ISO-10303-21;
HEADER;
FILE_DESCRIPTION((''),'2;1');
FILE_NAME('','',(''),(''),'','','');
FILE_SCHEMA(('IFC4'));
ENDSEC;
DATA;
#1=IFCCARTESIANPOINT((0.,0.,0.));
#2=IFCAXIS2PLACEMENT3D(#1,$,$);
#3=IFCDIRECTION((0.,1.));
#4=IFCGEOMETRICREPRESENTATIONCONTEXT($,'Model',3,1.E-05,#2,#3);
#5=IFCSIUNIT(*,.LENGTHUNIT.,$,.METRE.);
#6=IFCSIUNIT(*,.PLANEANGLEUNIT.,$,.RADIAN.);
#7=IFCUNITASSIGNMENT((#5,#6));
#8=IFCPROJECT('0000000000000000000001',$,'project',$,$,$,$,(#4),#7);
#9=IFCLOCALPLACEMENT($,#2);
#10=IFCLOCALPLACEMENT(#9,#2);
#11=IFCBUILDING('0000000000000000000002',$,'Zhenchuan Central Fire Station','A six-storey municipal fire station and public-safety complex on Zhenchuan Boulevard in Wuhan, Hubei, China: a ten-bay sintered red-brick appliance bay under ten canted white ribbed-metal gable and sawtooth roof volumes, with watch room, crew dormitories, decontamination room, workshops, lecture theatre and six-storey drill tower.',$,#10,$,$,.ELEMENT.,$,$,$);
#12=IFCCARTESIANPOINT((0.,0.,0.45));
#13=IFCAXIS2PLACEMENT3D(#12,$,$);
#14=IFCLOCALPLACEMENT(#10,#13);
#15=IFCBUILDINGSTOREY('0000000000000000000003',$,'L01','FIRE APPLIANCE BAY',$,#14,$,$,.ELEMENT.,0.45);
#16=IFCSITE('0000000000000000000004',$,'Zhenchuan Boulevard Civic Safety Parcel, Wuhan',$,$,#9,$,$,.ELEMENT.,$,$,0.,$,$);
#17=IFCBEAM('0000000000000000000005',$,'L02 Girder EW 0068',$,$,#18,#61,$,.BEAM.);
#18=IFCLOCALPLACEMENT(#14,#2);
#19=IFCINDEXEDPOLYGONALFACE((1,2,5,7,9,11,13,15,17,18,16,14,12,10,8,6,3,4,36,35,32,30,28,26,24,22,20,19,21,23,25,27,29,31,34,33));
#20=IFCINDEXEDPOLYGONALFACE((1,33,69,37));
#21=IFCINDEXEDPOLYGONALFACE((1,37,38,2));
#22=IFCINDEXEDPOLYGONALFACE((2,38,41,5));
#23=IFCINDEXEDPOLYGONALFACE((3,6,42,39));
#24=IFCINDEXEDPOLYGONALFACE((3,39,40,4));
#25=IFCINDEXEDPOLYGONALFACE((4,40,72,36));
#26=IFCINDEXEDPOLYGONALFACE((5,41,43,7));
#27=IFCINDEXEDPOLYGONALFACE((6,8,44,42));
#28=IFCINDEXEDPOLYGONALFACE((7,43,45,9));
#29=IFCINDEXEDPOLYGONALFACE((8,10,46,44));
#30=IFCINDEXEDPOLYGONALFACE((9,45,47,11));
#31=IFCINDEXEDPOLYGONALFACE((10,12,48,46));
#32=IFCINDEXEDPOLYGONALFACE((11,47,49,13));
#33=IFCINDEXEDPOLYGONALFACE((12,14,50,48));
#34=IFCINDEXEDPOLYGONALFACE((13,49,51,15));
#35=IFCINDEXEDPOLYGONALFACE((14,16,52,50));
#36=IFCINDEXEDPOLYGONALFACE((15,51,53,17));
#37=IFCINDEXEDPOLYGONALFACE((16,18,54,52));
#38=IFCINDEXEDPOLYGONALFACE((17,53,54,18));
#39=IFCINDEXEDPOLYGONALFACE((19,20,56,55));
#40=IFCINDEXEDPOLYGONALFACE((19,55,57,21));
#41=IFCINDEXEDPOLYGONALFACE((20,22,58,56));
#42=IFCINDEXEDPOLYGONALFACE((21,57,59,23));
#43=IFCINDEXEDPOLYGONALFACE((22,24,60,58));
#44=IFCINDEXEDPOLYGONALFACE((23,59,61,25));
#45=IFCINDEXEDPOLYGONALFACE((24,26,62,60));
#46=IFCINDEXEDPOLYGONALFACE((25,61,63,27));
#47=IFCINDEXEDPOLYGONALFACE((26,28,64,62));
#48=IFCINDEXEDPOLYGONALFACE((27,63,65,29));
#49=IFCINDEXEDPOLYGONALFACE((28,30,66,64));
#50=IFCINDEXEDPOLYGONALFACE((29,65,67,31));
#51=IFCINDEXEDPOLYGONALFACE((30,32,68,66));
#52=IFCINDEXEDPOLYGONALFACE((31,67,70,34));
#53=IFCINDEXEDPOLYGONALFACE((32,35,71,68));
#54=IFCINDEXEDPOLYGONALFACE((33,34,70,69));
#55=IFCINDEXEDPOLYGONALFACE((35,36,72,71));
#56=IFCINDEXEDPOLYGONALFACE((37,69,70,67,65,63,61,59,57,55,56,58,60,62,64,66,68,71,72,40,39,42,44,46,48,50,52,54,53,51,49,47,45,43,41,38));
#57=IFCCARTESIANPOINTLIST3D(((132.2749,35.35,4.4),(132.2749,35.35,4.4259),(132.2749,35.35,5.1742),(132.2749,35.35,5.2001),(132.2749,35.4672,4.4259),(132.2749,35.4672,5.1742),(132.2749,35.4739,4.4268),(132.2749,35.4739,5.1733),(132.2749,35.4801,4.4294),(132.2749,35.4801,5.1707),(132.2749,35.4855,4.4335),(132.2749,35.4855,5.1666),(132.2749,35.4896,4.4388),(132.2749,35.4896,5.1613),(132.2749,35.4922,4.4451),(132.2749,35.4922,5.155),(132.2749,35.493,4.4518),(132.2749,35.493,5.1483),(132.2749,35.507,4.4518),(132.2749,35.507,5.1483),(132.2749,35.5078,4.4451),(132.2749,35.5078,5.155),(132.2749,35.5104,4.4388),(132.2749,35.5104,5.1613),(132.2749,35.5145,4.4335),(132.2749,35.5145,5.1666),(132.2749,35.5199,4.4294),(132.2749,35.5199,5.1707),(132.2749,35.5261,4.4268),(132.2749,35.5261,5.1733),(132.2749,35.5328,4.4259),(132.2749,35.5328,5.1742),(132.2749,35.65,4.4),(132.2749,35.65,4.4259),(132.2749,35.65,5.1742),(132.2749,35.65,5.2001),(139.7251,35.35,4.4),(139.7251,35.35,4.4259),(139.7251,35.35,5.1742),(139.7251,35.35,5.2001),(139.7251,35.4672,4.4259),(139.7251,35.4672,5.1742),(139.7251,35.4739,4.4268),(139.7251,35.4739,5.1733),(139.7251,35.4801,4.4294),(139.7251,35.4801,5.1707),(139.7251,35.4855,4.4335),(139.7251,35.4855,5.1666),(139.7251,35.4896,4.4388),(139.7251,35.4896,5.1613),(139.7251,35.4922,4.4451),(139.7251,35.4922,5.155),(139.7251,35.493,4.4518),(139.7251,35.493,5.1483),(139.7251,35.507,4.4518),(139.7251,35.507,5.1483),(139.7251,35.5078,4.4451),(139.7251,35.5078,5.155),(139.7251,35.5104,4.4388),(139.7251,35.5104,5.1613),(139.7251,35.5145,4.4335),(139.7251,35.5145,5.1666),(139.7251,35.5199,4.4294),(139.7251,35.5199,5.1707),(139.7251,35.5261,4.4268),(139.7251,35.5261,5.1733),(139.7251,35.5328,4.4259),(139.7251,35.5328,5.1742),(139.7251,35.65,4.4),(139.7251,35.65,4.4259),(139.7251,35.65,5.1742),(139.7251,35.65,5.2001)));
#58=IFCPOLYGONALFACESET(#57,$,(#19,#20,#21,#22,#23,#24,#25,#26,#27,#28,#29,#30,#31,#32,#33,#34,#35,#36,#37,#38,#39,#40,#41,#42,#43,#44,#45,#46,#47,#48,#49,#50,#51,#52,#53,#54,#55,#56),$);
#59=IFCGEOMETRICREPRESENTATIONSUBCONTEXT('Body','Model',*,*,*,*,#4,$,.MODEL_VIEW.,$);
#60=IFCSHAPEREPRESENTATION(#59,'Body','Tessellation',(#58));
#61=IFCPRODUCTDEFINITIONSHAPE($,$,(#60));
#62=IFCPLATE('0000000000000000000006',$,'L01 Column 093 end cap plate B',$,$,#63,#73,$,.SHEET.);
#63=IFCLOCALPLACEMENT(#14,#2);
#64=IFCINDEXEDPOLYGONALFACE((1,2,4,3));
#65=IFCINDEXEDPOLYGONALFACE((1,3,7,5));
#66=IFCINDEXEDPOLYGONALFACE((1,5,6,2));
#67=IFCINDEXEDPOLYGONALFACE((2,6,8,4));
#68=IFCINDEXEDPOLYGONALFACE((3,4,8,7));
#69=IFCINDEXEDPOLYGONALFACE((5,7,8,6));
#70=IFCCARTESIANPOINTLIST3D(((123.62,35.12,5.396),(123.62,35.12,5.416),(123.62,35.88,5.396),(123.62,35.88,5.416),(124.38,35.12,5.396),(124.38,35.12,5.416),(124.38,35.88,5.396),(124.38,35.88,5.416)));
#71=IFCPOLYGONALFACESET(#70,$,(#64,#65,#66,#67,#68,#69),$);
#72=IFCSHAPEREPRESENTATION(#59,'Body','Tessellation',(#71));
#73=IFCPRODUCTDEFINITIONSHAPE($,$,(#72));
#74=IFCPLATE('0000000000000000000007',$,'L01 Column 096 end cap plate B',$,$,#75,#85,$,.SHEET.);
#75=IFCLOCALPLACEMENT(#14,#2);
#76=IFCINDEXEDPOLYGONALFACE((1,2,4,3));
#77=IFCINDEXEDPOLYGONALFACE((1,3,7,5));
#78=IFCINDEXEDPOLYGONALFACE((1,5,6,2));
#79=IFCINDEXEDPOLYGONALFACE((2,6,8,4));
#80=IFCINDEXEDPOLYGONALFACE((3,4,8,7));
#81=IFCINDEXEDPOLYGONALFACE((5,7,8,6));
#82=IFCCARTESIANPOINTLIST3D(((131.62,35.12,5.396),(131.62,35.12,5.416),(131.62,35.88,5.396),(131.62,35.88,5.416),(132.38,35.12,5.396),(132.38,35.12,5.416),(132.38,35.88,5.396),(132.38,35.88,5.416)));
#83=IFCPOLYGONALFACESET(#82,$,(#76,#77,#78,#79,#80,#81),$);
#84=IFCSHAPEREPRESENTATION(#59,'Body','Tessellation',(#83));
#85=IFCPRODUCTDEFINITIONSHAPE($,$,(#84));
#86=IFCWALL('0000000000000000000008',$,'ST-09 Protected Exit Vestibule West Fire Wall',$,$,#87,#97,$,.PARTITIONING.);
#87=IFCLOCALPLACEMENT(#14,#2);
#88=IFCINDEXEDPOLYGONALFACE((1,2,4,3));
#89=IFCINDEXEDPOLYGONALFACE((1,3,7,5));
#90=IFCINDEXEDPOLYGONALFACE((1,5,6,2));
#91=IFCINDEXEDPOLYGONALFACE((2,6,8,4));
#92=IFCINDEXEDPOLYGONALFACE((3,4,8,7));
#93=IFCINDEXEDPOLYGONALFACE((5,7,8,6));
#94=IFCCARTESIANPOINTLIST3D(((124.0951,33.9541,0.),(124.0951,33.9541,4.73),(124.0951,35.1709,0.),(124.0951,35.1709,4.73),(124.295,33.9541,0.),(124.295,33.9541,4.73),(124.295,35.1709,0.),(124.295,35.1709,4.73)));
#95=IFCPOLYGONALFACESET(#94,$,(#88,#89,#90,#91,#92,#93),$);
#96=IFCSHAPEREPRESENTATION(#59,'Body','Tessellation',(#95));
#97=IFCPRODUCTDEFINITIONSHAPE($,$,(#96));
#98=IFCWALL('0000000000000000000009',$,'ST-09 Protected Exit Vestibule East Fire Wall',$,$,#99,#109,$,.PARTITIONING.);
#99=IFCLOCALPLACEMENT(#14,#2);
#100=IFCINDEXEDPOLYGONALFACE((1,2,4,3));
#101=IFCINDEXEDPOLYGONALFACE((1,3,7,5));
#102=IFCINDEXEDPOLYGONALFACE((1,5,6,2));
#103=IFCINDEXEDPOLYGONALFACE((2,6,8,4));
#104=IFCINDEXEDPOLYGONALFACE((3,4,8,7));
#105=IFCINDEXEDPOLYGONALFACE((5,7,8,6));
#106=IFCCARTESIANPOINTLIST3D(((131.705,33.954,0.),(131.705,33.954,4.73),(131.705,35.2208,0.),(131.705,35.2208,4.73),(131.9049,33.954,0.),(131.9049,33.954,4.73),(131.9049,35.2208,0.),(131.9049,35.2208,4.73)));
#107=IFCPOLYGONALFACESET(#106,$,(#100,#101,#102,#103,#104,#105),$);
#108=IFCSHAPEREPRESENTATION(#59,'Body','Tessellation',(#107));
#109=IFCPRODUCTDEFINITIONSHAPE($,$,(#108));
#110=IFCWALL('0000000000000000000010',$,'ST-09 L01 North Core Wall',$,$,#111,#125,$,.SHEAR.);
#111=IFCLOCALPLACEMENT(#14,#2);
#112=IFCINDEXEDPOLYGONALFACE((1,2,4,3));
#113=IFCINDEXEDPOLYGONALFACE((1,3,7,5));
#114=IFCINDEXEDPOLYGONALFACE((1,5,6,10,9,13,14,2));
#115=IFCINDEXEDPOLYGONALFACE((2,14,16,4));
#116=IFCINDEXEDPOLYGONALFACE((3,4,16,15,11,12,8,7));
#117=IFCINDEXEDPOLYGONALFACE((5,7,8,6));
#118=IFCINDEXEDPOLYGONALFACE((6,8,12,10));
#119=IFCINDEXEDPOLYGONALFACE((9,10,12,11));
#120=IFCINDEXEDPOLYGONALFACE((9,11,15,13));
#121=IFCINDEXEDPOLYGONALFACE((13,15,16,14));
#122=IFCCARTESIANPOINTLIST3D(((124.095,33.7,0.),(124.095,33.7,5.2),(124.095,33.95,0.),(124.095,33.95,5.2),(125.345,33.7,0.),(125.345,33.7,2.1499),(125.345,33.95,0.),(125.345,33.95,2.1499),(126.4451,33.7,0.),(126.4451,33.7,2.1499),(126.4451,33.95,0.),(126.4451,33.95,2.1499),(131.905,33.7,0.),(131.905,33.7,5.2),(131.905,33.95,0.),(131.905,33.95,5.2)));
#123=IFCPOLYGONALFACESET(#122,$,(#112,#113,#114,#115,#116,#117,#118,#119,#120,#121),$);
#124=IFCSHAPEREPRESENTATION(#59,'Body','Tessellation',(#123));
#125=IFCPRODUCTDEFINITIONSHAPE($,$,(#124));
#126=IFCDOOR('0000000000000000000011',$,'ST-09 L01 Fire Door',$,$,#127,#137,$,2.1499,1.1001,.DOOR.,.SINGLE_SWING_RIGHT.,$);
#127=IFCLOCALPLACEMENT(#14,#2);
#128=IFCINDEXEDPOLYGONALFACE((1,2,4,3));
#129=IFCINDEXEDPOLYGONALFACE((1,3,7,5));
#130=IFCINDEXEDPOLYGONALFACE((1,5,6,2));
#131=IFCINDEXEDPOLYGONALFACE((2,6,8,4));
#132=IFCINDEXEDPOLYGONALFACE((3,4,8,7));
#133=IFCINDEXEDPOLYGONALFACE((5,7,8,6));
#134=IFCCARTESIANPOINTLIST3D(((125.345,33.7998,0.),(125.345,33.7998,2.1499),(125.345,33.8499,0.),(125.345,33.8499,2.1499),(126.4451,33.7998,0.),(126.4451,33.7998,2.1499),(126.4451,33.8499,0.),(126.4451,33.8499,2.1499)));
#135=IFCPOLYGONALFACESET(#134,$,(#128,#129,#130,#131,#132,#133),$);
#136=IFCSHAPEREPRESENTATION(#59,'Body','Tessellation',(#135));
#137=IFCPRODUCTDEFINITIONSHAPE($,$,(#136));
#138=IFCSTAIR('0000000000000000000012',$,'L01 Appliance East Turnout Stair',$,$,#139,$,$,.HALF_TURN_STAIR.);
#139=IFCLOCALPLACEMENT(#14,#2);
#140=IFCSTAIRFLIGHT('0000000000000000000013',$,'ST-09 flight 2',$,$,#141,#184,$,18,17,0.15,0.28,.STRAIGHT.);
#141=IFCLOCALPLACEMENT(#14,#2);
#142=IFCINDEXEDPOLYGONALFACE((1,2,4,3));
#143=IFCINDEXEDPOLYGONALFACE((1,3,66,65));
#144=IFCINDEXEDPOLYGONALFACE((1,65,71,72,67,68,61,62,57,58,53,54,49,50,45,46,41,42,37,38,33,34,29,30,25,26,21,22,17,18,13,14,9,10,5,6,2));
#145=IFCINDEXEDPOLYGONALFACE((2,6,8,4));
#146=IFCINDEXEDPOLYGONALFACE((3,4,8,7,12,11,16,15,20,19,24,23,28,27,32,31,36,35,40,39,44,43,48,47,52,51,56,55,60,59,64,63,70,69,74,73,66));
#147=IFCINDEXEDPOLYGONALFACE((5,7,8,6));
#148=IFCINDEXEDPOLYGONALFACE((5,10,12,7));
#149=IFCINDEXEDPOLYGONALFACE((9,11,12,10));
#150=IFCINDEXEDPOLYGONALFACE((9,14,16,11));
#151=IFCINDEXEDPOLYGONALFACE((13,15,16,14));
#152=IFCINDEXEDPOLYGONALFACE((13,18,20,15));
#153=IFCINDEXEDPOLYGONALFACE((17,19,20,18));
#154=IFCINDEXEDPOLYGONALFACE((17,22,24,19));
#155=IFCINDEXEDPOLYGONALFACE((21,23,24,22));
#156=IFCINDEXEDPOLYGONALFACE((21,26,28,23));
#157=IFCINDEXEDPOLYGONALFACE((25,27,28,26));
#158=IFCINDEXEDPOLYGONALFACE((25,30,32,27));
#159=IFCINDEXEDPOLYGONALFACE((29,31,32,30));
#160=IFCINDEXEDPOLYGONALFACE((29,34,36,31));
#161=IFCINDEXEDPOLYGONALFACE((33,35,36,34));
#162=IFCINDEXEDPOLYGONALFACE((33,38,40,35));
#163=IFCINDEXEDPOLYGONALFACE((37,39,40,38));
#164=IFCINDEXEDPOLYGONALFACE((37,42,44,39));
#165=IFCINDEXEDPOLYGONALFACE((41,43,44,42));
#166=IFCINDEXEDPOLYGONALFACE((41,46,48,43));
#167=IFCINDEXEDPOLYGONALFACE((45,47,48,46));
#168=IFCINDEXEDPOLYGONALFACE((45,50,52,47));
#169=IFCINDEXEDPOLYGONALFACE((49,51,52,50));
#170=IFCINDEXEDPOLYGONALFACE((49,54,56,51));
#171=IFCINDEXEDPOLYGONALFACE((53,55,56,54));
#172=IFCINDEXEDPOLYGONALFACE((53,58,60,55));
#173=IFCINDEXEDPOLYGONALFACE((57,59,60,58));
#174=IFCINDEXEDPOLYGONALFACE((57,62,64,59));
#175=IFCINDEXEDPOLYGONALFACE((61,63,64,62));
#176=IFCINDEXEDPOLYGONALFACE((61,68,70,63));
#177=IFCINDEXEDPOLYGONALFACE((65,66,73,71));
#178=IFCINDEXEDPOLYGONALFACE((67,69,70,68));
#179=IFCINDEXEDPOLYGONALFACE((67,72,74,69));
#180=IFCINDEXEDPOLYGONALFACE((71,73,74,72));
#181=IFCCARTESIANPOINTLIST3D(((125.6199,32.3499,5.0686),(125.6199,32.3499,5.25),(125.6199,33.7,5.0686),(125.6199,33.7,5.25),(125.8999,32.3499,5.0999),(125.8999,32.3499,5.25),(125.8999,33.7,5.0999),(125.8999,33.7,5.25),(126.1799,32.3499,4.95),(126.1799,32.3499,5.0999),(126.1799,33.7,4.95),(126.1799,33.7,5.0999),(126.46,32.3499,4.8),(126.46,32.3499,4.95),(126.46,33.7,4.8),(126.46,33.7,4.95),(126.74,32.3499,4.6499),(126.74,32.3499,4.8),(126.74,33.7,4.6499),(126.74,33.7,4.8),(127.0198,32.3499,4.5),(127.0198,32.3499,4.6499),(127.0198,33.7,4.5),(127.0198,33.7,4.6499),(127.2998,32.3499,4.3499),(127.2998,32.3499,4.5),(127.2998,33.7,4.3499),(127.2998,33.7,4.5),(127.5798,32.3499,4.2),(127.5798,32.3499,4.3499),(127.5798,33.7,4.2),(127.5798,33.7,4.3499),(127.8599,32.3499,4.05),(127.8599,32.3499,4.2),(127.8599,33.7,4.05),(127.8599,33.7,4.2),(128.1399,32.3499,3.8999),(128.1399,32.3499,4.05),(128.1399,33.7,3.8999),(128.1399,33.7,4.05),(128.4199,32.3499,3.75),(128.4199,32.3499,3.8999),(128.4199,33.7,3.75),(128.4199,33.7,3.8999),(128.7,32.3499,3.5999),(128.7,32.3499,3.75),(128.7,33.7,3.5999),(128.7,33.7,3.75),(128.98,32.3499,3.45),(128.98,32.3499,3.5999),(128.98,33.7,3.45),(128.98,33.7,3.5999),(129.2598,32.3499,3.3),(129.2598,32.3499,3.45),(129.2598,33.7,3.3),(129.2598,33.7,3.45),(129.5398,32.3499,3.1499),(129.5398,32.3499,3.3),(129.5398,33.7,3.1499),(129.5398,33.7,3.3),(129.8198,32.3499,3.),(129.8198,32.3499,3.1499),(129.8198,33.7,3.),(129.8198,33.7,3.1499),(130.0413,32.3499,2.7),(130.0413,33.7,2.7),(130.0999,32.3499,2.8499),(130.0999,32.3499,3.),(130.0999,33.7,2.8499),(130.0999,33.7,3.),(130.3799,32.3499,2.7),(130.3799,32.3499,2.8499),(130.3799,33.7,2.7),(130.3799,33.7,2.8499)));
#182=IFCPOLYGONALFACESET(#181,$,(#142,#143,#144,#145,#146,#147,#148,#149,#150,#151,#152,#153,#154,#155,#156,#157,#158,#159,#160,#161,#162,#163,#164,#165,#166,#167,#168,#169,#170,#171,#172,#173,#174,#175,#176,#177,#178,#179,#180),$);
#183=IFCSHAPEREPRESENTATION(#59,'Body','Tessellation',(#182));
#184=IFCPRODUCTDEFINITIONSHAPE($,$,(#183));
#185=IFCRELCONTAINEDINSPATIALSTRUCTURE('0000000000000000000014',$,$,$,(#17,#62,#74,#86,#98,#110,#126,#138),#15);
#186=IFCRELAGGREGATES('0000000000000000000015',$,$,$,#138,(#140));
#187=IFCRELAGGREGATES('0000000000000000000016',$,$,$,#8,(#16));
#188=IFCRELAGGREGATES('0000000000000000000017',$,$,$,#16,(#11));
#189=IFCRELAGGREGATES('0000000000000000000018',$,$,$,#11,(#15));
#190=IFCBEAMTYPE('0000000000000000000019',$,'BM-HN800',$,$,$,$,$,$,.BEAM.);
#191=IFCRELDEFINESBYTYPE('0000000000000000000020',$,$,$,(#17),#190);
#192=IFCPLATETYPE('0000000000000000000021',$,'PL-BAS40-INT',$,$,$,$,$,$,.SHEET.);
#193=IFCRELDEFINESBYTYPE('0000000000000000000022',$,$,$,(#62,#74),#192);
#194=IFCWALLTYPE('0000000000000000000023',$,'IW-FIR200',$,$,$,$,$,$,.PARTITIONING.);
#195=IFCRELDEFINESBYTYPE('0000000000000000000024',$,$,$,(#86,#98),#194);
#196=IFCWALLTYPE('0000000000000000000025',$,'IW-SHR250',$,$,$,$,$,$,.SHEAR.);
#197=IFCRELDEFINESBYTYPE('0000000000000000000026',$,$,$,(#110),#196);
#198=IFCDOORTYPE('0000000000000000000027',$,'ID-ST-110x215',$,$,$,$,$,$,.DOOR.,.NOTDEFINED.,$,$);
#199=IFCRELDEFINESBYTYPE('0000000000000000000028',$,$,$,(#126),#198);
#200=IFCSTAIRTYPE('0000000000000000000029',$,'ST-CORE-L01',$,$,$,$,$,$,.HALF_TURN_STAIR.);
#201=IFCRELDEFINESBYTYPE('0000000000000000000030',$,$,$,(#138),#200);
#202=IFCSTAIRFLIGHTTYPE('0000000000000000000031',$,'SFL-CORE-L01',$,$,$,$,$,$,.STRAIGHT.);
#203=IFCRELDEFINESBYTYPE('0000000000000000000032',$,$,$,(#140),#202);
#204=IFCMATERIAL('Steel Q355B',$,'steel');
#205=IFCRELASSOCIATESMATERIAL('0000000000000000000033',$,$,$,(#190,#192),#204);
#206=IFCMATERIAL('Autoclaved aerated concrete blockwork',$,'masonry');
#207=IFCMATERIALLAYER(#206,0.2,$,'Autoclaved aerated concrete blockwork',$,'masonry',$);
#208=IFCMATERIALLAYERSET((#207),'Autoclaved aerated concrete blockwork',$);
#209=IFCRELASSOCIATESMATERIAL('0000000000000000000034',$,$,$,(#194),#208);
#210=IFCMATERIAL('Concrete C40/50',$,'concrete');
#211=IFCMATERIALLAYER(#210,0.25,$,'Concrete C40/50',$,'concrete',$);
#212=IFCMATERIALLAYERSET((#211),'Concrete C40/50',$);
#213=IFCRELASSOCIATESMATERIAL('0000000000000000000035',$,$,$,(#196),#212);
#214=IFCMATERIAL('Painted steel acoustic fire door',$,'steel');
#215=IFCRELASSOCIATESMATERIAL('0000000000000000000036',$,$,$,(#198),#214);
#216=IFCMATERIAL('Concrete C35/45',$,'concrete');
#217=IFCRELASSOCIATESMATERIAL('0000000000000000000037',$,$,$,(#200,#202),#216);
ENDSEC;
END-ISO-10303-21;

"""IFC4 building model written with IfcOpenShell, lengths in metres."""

from ifc_helpers import new_model, si_unit, direction, frame, frame_2d, origin, origin_2d, place, context, subcontext, project, spatial, polyline, rectangle, i_section, outline, extrude, material, layer, layer_set, material_profile, profile_set, type_object, element, fill, aggregate, save


model = new_model("IFC4")

# Units and contexts
model_context = context("Model", 3, precision=1e-05, world=origin(), true_north=direction((0.0, 1.0)))
body_context = subcontext(model_context, "Body", "Model", "MODEL_VIEW")
ifc_project = project(units=[si_unit("LENGTHUNIT", "METRE"), si_unit("PLANEANGLEUNIT", "RADIAN")], contexts=[model_context])

# Site, building, storey
site_placement = place(None, origin())
site = spatial("IfcSite", under=ifc_project, at=site_placement, Name="Zhenchuan Boulevard Civic Safety Parcel, Wuhan", CompositionType="ELEMENT", RefElevation=0.0)
building_placement = place(site_placement, origin())
building = spatial("IfcBuilding", under=site, at=building_placement, Name="Zhenchuan Central Fire Station", Description="A six-storey municipal fire station and public-safety complex on Zhenchuan Boulevard in Wuhan, Hubei, China: a ten-bay sintered red-brick appliance bay under ten canted white ribbed-metal gable and sawtooth roof volumes, with watch room, crew dormitories, decontamination room, workshops, lecture theatre and six-storey drill tower.", CompositionType="ELEMENT")
storey_placement = place(building_placement, frame((0.0, 0.0, 0.45)))
storey = spatial("IfcBuildingStorey", under=building, at=storey_placement, Name="L01", Description="FIRE APPLIANCE BAY", CompositionType="ELEMENT", Elevation=0.45)

# Shared definitions
ifc_material_1 = material(Name="Concrete C40/50", Category="concrete")

# Shared definitions
ifc_material_2 = material(Name="Concrete C35/45", Category="concrete")

# Shared definitions
ifc_material_3 = material(Name="Steel Q355B", Category="steel")

# Beam
ifc_material_profile_1 = material_profile(ifc_material_3, i_section(OverallWidth=0.3, OverallDepth=0.8, WebThickness=0.0139, FlangeThickness=0.0259, FilletRadius=0.0259, at=origin_2d()), Name="HN 800x300")
ifc_profile_set_1 = profile_set([ifc_material_profile_1], Name="Steel Q355B")
beam_type_1 = type_object("IfcBeamType", Name="BM-HN800", PredefinedType="BEAM", material=ifc_profile_set_1)
beam_1_placement = place(storey_placement, frame((132.2749, 35.5, 4.8), z_axis=(1.0, 0.0, 0.0), x_axis=(0.0, 1.0, 0.0)))
element("IfcBeam", 1, at=beam_1_placement, inside=storey, type_object=beam_type_1, Name="L02 Girder EW 0068", PredefinedType="BEAM", context=body_context, shape_type="SweptSolid", body=[
    extrude(i_section(OverallWidth=0.3, OverallDepth=0.8, WebThickness=0.0139, FlangeThickness=0.0259, FilletRadius=0.0259, at=origin_2d()), origin(), (0.0, 0.0, 1.0), 7.4502),
])

# Plates
ifc_material_profile_2 = material_profile(ifc_material_3, rectangle(XDim=0.76, YDim=0.76, at=origin_2d()), Name="PL 760x760x40")
ifc_profile_set_2 = profile_set([ifc_material_profile_2], Name="Steel Q355B")
plate_type = type_object("IfcPlateType", Name="PL-BAS40-INT", PredefinedType="SHEET", material=ifc_profile_set_2)
for number, where, z_axis, x_axis, name in (
    (2, (124.0, 35.5, 5.396), (0.0, 0.0, 1.0), (1.0, 0.0, 0.0), "L01 Column 093 end cap plate B"),
    (3, (132.0, 35.5, 5.396), (0.0, 0.0, 1.0), (1.0, 0.0, 0.0), "L01 Column 096 end cap plate B"),
):
    element("IfcPlate", number, at=place(storey_placement, frame(where, z_axis=z_axis, x_axis=x_axis)), inside=storey, type_object=plate_type, Name=name, PredefinedType="SHEET", context=body_context, shape_type="SweptSolid", body=[
        extrude(rectangle(XDim=0.76, YDim=0.76, at=origin_2d()), origin(), (0.0, 0.0, 1.0), 0.02),
    ])

# Walls
ifc_material_4 = material(Name="Autoclaved aerated concrete blockwork", Category="masonry")
ifc_layer_1 = layer(ifc_material_4, 0.2, Name="Autoclaved aerated concrete blockwork", Category="masonry")
ifc_layer_set_1 = layer_set([ifc_layer_1], Name="Autoclaved aerated concrete blockwork")
wall_type_1 = type_object("IfcWallType", Name="IW-FIR200", PredefinedType="PARTITIONING", material=ifc_layer_set_1)
wall_1_placement = place(storey_placement, frame((124.1951, 33.9541, 0.0), z_axis=(0.0, 0.0, 1.0), x_axis=(0.0, 1.0, 0.0)))
element("IfcWall", 4, at=wall_1_placement, inside=storey, type_object=wall_type_1, Name="ST-09 Protected Exit Vestibule West Fire Wall", PredefinedType="PARTITIONING", context=body_context, shape_type="SweptSolid", body=[
    extrude(rectangle(XDim=1.2168, YDim=0.2, at=frame_2d((0.6084, 0.0))), origin(), (0.0, 0.0, 1.0), 4.73),
])
wall_2_placement = place(storey_placement, frame((131.8049, 33.9541, 0.0), z_axis=(0.0, 0.0, 1.0), x_axis=(0.0, 1.0, 0.0)))
element("IfcWall", 5, at=wall_2_placement, inside=storey, type_object=wall_type_1, Name="ST-09 Protected Exit Vestibule East Fire Wall", PredefinedType="PARTITIONING", context=body_context, shape_type="SweptSolid", body=[
    extrude(rectangle(XDim=1.2668, YDim=0.2, at=frame_2d((0.6333, 0.0))), origin(), (0.0, 0.0, 1.0), 4.73),
])

# Wall, opening, door
ifc_layer_2 = layer(ifc_material_1, 0.25, Name="Concrete C40/50", Category="concrete")
ifc_layer_set_2 = layer_set([ifc_layer_2], Name="Concrete C40/50")
wall_type_2 = type_object("IfcWallType", Name="IW-SHR250", PredefinedType="SHEAR", material=ifc_layer_set_2)
wall_3_placement = place(storey_placement, frame((124.095, 33.825, 0.0), z_axis=(0.0, 0.0, 1.0), x_axis=(1.0, 0.0, 0.0)))
wall_3 = element("IfcWall", 6, at=wall_3_placement, inside=storey, type_object=wall_type_2, Name="ST-09 L01 North Core Wall", PredefinedType="SHEAR", context=body_context, shape_type="SweptSolid", body=[
    extrude(rectangle(XDim=7.8101, YDim=0.25, at=frame_2d((3.905, 0.0))), origin(), (0.0, 0.0, 1.0), 5.2),
])
opening_1_placement = place(wall_3_placement, frame((1.25, 0.0, 0.0)))
opening_1 = element("IfcOpeningElement", 7, at=opening_1_placement, cuts=wall_3, PredefinedType="OPENING", context=body_context, shape_type="SweptSolid", body=[
    extrude(rectangle(XDim=1.1001, YDim=2.1499, at=frame_2d((0.55, 1.075))), frame((0.0, 0.135, 0.0), z_axis=(0.0, -1.0, 0.0), x_axis=(1.0, 0.0, 0.0)), (0.0, 0.0, 1.0), 0.27),
])
ifc_material_5 = material(Name="Painted steel acoustic fire door", Category="steel")
door_type_1 = type_object("IfcDoorType", Name="ID-ST-110x215", OperationType="NOTDEFINED", PredefinedType="DOOR", material=ifc_material_5)
door_1_placement = place(opening_1_placement, origin())
door_1 = element("IfcDoor", 8, at=door_1_placement, inside=storey, type_object=door_type_1, Name="ST-09 L01 Fire Door", OperationType="SINGLE_SWING_RIGHT", OverallHeight=2.1499, OverallWidth=1.1001, PredefinedType="DOOR", context=body_context, shape_type="SweptSolid", body=[
    extrude(rectangle(XDim=1.1001, YDim=2.1499, at=frame_2d((0.55, 1.075))), frame((0.0, 0.0249, 0.0), z_axis=(0.0, -1.0, 0.0), x_axis=(1.0, 0.0, 0.0)), (0.0, 0.0, 1.0), 0.05),
])
fill(opening_1, door_1)

# Stair, stair flight
stair_type = type_object("IfcStairType", Name="ST-CORE-L01", PredefinedType="HALF_TURN_STAIR", material=ifc_material_2)
stair_placement = place(storey_placement, origin())
stair = element("IfcStair", 9, at=stair_placement, inside=storey, type_object=stair_type, Name="L01 Appliance East Turnout Stair", PredefinedType="HALF_TURN_STAIR")
stair_flight_type = type_object("IfcStairFlightType", Name="SFL-CORE-L01", PredefinedType="STRAIGHT", material=ifc_material_2)
stair_flight_placement = place(storey_placement, frame((130.3799, 33.0249, 2.7), z_axis=(0.0, 0.0, 1.0), x_axis=(-1.0, 0.0, 0.0)))
stair_flight = element("IfcStairFlight", 10, at=stair_flight_placement, type_object=stair_flight_type, Name="ST-09 flight 2", NumberOfRisers=18, NumberOfTreads=17, PredefinedType="STRAIGHT", RiserHeight=0.15, TreadLength=0.28, context=body_context, shape_type="SweptSolid", body=[
    extrude(outline(polyline([(0.0, 0.0), (0.0, 0.1499), (0.28, 0.1499), (0.28, 0.3), (0.5601, 0.3), (0.5601, 0.45), (0.8401, 0.45), (0.8401, 0.6001), (1.1201, 0.6001), (1.1201, 0.75), (1.3999, 0.75), (1.3999, 0.8999), (1.6799, 0.8999), (1.6799, 1.05), (1.96, 1.05), (1.96, 1.2), (2.24, 1.2), (2.24, 1.3501), (2.52, 1.3501), (2.52, 1.5), (2.8, 1.5), (2.8, 1.6499), (3.0801, 1.6499), (3.0801, 1.8), (3.3601, 1.8), (3.3601, 1.95), (3.6399, 1.95), (3.6399, 2.1001), (3.9199, 2.1001), (3.9199, 2.25), (4.2, 2.25), (4.2, 2.3999), (4.48, 2.3999), (4.48, 2.55), (4.76, 2.55), (4.76, 2.7), (4.76, 2.3687), (0.3386, 0.0), (0.0, 0.0)])), frame((0.0, 0.675, 0.0), z_axis=(0.0, -1.0, 0.0), x_axis=(1.0, 0.0, 0.0)), (0.0, 0.0, 1.0), 1.3501),
])
aggregate(stair, [stair_flight])

save(model, "model.ifc")
